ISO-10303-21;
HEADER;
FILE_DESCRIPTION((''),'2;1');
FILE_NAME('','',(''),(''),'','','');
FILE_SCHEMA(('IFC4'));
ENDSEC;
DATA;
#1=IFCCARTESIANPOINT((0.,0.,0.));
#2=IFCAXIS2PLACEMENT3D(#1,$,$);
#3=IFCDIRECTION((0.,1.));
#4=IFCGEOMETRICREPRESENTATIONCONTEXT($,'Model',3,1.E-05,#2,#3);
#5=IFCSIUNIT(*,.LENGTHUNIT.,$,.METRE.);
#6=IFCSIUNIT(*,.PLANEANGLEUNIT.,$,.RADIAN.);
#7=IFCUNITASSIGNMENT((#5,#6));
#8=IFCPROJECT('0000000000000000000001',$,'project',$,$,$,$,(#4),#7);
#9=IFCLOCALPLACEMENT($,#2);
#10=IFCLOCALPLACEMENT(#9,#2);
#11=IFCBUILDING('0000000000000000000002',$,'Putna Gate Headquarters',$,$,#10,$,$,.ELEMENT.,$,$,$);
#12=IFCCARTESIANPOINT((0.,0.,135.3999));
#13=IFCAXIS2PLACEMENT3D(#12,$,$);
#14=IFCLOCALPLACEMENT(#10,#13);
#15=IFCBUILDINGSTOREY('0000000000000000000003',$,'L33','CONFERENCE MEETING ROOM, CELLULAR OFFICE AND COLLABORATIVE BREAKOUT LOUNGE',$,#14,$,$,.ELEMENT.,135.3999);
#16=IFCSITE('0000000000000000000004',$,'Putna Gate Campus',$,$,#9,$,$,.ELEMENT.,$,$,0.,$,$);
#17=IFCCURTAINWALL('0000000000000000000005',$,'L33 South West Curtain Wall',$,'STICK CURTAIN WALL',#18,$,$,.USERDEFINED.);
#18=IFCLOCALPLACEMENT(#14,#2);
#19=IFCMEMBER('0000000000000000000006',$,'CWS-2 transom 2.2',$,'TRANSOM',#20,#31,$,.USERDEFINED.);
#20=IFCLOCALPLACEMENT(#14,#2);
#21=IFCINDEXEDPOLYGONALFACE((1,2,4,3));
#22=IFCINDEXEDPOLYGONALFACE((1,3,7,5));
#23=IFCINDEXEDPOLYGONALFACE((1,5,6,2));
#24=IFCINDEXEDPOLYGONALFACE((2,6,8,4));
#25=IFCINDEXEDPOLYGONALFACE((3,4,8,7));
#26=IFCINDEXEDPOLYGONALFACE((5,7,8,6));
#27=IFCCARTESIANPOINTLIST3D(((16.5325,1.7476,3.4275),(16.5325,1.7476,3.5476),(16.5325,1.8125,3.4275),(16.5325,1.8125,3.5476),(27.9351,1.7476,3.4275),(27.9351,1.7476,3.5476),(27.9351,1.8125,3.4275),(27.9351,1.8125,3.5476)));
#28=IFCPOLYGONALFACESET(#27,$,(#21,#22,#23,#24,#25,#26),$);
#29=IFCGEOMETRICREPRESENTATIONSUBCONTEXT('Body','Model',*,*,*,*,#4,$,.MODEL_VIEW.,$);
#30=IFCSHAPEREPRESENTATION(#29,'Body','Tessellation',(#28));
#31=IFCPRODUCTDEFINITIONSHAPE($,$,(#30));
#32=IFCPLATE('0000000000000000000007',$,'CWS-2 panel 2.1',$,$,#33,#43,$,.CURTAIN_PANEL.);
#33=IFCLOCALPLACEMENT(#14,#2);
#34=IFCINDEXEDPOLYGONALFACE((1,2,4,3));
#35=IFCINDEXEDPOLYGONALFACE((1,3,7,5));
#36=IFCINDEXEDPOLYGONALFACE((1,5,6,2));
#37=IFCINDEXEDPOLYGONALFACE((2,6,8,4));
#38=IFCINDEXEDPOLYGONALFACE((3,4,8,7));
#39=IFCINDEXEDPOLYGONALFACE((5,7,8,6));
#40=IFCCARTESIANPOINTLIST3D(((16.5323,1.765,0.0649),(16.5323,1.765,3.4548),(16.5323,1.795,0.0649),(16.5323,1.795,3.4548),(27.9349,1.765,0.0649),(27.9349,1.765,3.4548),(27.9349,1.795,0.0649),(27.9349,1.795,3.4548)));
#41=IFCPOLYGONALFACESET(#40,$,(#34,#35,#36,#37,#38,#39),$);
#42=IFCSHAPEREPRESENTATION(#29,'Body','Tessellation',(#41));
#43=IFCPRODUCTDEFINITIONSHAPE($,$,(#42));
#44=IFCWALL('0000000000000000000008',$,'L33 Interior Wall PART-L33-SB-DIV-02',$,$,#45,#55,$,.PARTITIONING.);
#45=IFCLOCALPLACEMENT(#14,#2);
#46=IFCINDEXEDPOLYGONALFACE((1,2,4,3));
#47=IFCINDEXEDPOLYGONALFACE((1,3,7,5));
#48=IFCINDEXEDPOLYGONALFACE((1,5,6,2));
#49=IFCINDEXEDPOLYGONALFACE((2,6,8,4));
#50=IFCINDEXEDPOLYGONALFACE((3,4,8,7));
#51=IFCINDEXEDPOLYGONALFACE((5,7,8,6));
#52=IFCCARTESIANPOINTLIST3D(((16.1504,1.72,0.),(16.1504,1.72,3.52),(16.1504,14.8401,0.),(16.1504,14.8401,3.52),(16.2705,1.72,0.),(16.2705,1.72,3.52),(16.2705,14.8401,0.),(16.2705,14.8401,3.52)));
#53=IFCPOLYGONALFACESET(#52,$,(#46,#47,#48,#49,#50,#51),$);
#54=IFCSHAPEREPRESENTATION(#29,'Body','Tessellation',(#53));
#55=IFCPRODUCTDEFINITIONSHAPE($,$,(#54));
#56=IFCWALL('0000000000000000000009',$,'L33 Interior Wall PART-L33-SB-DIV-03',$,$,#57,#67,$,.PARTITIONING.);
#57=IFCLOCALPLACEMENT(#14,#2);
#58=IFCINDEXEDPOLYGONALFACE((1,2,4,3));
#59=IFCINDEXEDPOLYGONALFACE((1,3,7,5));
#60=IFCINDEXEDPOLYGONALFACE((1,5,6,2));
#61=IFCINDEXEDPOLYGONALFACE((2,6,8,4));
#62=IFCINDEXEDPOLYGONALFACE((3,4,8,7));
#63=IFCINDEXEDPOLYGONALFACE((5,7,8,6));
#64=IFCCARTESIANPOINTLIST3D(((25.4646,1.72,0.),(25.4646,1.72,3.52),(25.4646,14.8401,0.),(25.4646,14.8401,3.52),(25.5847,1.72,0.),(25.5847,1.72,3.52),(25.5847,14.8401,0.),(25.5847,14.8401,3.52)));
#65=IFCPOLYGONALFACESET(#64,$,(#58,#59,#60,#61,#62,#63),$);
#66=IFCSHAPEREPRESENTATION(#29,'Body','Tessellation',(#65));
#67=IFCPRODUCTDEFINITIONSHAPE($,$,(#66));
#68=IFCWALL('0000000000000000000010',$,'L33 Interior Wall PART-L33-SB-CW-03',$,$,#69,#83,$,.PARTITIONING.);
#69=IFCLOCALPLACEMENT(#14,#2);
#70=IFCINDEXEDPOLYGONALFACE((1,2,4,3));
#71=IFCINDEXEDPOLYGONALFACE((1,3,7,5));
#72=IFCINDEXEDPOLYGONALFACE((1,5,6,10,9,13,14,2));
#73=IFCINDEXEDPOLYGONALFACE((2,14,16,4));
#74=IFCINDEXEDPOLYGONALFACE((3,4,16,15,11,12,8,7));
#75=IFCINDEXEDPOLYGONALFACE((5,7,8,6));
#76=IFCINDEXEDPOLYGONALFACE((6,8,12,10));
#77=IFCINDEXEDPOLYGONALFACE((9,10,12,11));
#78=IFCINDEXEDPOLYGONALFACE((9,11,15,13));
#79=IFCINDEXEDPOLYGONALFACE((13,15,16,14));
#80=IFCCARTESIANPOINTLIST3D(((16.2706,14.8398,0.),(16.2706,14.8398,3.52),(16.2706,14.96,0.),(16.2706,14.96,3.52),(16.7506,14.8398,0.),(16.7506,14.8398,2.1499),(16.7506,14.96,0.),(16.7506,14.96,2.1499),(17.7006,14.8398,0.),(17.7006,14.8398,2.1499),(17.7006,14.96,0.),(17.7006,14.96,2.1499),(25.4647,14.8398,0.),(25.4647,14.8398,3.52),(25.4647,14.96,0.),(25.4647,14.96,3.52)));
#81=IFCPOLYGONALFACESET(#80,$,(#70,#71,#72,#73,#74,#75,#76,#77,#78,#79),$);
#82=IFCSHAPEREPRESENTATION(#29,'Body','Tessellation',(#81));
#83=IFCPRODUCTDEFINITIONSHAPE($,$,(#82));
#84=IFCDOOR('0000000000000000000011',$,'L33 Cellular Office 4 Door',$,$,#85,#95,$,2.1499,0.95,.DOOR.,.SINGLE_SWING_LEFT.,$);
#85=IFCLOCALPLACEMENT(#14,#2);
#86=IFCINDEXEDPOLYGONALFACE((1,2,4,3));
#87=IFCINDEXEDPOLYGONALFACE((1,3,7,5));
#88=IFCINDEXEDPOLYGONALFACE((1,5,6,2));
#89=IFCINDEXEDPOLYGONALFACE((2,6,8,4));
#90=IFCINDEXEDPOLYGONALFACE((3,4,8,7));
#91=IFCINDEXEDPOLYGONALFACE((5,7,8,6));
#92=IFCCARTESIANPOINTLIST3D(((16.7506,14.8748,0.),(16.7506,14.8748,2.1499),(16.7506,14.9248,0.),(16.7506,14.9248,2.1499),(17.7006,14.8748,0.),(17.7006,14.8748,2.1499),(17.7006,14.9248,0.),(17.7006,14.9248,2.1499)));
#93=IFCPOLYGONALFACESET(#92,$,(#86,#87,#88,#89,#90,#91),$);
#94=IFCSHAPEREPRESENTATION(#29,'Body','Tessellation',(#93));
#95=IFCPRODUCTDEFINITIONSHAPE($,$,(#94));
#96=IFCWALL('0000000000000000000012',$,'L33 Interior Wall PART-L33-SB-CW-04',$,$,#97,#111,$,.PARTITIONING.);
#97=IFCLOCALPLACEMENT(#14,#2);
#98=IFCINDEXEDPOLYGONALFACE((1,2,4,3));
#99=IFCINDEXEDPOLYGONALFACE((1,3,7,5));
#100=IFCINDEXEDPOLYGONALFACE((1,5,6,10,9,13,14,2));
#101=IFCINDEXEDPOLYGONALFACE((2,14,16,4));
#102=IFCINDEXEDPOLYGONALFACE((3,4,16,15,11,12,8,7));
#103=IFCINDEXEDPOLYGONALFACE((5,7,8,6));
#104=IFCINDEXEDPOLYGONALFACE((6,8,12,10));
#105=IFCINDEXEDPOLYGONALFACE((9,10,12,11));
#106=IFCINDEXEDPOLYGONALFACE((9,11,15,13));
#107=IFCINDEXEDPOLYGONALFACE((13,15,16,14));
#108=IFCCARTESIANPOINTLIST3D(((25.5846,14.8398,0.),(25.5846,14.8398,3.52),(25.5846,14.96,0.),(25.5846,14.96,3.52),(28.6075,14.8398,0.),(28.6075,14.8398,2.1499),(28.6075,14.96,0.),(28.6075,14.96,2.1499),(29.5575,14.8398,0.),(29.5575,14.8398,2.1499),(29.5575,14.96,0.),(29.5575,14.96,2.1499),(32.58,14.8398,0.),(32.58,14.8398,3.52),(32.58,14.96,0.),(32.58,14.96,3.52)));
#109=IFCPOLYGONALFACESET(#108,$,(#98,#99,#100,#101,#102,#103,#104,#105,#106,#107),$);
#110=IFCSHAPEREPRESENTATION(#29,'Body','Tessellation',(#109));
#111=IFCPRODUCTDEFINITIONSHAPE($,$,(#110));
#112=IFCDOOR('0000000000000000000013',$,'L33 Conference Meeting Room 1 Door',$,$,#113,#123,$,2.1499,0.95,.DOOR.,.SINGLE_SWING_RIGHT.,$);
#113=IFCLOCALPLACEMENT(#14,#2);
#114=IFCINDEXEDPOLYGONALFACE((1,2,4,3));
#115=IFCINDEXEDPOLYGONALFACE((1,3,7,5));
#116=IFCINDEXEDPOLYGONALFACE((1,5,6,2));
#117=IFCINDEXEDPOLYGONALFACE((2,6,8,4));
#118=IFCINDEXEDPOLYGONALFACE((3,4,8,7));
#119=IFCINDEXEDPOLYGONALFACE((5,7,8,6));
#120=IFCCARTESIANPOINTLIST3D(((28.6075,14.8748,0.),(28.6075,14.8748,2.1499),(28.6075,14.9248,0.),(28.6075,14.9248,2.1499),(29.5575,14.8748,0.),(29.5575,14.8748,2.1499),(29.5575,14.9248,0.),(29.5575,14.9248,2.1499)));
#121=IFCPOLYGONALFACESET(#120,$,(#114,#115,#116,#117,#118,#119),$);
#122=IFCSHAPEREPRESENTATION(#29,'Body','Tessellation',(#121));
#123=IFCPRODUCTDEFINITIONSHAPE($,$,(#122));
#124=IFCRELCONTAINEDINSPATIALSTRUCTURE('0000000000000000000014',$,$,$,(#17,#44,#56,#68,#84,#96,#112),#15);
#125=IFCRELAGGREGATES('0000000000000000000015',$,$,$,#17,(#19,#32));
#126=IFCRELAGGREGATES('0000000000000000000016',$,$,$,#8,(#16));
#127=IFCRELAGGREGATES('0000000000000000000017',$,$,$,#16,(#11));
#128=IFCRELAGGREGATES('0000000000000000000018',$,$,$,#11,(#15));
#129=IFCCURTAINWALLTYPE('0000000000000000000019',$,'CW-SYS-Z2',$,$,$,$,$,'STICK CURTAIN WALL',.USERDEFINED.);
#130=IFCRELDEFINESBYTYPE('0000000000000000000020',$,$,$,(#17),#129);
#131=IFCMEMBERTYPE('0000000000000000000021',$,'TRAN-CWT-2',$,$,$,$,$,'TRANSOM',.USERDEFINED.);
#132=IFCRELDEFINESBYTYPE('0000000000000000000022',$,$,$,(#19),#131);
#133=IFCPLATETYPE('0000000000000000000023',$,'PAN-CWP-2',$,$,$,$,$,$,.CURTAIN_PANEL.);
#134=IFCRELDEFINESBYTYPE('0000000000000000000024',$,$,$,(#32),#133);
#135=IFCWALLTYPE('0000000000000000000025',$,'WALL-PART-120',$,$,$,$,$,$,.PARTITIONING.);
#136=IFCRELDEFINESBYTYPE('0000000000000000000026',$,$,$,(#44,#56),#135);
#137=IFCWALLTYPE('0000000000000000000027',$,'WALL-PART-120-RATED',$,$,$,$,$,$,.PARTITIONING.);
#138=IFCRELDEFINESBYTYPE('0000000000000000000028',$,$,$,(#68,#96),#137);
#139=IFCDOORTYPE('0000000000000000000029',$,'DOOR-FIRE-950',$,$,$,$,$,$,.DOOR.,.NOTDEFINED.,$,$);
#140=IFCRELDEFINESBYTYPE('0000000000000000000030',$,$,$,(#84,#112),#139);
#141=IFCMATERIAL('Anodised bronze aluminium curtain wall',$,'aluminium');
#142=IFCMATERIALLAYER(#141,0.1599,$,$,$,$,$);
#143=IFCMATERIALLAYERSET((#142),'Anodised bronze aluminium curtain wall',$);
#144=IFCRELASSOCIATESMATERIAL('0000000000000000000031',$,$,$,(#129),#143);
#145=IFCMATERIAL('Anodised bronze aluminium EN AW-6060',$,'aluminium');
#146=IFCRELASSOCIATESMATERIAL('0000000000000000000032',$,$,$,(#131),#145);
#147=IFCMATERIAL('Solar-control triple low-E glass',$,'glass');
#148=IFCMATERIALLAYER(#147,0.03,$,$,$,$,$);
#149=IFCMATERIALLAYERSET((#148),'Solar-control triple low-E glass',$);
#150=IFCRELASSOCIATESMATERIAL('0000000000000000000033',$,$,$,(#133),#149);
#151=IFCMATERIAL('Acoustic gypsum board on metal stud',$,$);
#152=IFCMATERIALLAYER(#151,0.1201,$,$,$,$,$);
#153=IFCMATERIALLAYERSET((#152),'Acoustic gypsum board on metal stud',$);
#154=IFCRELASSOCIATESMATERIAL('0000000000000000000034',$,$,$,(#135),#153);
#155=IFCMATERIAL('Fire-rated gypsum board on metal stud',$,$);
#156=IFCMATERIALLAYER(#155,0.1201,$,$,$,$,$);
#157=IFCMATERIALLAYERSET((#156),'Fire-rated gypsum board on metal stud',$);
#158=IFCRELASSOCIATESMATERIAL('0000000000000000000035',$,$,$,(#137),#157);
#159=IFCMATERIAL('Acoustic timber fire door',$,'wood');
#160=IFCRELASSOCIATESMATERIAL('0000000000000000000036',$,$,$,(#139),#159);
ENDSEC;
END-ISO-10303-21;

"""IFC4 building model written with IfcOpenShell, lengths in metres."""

from ifc_helpers import new_model, si_unit, direction, frame, frame_2d, origin, origin_2d, place, context, subcontext, project, spatial, rectangle, extrude, material, layer, layer_set, material_profile, profile_set, type_object, element, fill, aggregate, save


model = new_model("IFC4")

# Units and contexts
model_context = context("Model", 3, precision=1e-05, world=origin(), true_north=direction((0.0, 1.0)))
body_context = subcontext(model_context, "Body", "Model", "MODEL_VIEW")
ifc_project = project(units=[si_unit("LENGTHUNIT", "METRE"), si_unit("PLANEANGLEUNIT", "RADIAN")], contexts=[model_context])

# Site, building, storey
site_placement = place(None, origin())
site = spatial("IfcSite", under=ifc_project, at=site_placement, Name="Putna Gate Campus", CompositionType="ELEMENT", RefElevation=0.0)
building_placement = place(site_placement, origin())
building = spatial("IfcBuilding", under=site, at=building_placement, Name="Putna Gate Headquarters", CompositionType="ELEMENT")
storey_placement = place(building_placement, frame((0.0, 0.0, 135.3999)))
storey = spatial("IfcBuildingStorey", under=building, at=storey_placement, Name="L33", Description="CONFERENCE MEETING ROOM, CELLULAR OFFICE AND COLLABORATIVE BREAKOUT LOUNGE", CompositionType="ELEMENT", Elevation=135.3999)

# Curtain wall, member, plate
ifc_material_1 = material(Name="Anodised bronze aluminium curtain wall", Category="aluminium")
ifc_layer_1 = layer(ifc_material_1, 0.1599)
ifc_layer_set_1 = layer_set([ifc_layer_1], Name="Anodised bronze aluminium curtain wall")
curtain_wall_type = type_object("IfcCurtainWallType", Name="CW-SYS-Z2", ElementType="STICK CURTAIN WALL", PredefinedType="USERDEFINED", material=ifc_layer_set_1)
curtain_wall_placement = place(storey_placement, origin())
curtain_wall = element("IfcCurtainWall", 1, at=curtain_wall_placement, inside=storey, type_object=curtain_wall_type, Name="L33 South West Curtain Wall", ObjectType="STICK CURTAIN WALL", PredefinedType="USERDEFINED")
ifc_material_2 = material(Name="Anodised bronze aluminium EN AW-6060", Category="aluminium")
ifc_material_profile_1 = material_profile(ifc_material_2, rectangle(XDim=0.0649, YDim=0.1201, at=origin_2d()), Name="Anodised bronze aluminium EN AW-6060")
ifc_profile_set_1 = profile_set([ifc_material_profile_1], Name="Anodised bronze aluminium EN AW-6060")
member_type_1 = type_object("IfcMemberType", Name="TRAN-CWT-2", ElementType="TRANSOM", PredefinedType="USERDEFINED", material=ifc_profile_set_1)
member_1_placement = place(storey_placement, frame((16.5325, 1.78, 3.4875), z_axis=(1.0, 0.0, 0.0), x_axis=(0.0, 1.0, 0.0)))
member_1 = element("IfcMember", 2, at=member_1_placement, type_object=member_type_1, Name="CWS-2 transom 2.2", ObjectType="TRANSOM", PredefinedType="USERDEFINED", context=body_context, shape_type="SweptSolid", body=[
    extrude(rectangle(XDim=0.0649, YDim=0.1201, at=origin_2d()), origin(), (0.0, 0.0, 1.0), 11.4026),
])
ifc_material_3 = material(Name="Solar-control triple low-E glass", Category="glass")
ifc_layer_2 = layer(ifc_material_3, 0.03)
ifc_layer_set_2 = layer_set([ifc_layer_2], Name="Solar-control triple low-E glass")
plate_type = type_object("IfcPlateType", Name="PAN-CWP-2", PredefinedType="CURTAIN_PANEL", material=ifc_layer_set_2)
plate_placement = place(storey_placement, frame((22.2336, 1.78, 0.0649), z_axis=(0.0, 0.0, 1.0), x_axis=(1.0, 0.0, 0.0)))
plate = element("IfcPlate", 3, at=plate_placement, type_object=plate_type, Name="CWS-2 panel 2.1", PredefinedType="CURTAIN_PANEL", context=body_context, shape_type="SweptSolid", body=[
    extrude(rectangle(XDim=11.4026, YDim=0.03, at=origin_2d()), origin(), (0.0, 0.0, 1.0), 3.3899),
])
aggregate(curtain_wall, [member_1, plate])

# Walls
ifc_material_4 = material(Name="Acoustic gypsum board on metal stud")
ifc_layer_3 = layer(ifc_material_4, 0.1201)
ifc_layer_set_3 = layer_set([ifc_layer_3], Name="Acoustic gypsum board on metal stud")
wall_type_1 = type_object("IfcWallType", Name="WALL-PART-120", PredefinedType="PARTITIONING", material=ifc_layer_set_3)
for number, where, z_axis, x_axis, name in (
    (4, (16.2104, 1.72, 0.0), (0.0, 0.0, 1.0), (0.0, 1.0, 0.0), "L33 Interior Wall PART-L33-SB-DIV-02"),
    (5, (25.5247, 1.72, 0.0), (0.0, 0.0, 1.0), (0.0, 1.0, 0.0), "L33 Interior Wall PART-L33-SB-DIV-03"),
):
    element("IfcWall", number, at=place(storey_placement, frame(where, z_axis=z_axis, x_axis=x_axis)), inside=storey, type_object=wall_type_1, Name=name, PredefinedType="PARTITIONING", context=body_context, shape_type="SweptSolid", body=[
        extrude(rectangle(XDim=13.1201, YDim=0.1201, at=frame_2d((6.5601, 0.0))), origin(), (0.0, 0.0, 1.0), 3.52),
    ])

# Walls, openings, doors
ifc_material_5 = material(Name="Fire-rated gypsum board on metal stud")
ifc_layer_4 = layer(ifc_material_5, 0.1201)
ifc_layer_set_4 = layer_set([ifc_layer_4], Name="Fire-rated gypsum board on metal stud")
wall_type_2 = type_object("IfcWallType", Name="WALL-PART-120-RATED", PredefinedType="PARTITIONING", material=ifc_layer_set_4)
wall_1_placement = place(storey_placement, frame((16.2705, 14.8999, 0.0), z_axis=(0.0, 0.0, 1.0), x_axis=(1.0, 0.0, 0.0)))
wall_1 = element("IfcWall", 6, at=wall_1_placement, inside=storey, type_object=wall_type_2, Name="L33 Interior Wall PART-L33-SB-CW-03", PredefinedType="PARTITIONING", context=body_context, shape_type="SweptSolid", body=[
    extrude(rectangle(XDim=9.1941, YDim=0.1201, at=frame_2d((4.5972, 0.0))), origin(), (0.0, 0.0, 1.0), 3.52),
])
opening_1_placement = place(wall_1_placement, frame((0.48, 0.0, 0.0)))
opening_1 = element("IfcOpeningElement", 7, at=opening_1_placement, cuts=wall_1, PredefinedType="OPENING", context=body_context, shape_type="SweptSolid", body=[
    extrude(rectangle(XDim=0.95, YDim=2.1499, at=frame_2d((0.4751, 1.075))), frame((0.0, 0.0701, 0.0), z_axis=(0.0, -1.0, 0.0), x_axis=(1.0, 0.0, 0.0)), (0.0, 0.0, 1.0), 0.1401),
])
ifc_material_6 = material(Name="Acoustic timber fire door", Category="wood")
door_type_1 = type_object("IfcDoorType", Name="DOOR-FIRE-950", OperationType="NOTDEFINED", PredefinedType="DOOR", material=ifc_material_6)
door_1_placement = place(opening_1_placement, origin())
door_1 = element("IfcDoor", 8, at=door_1_placement, inside=storey, type_object=door_type_1, Name="L33 Cellular Office 4 Door", OperationType="SINGLE_SWING_LEFT", OverallHeight=2.1499, OverallWidth=0.95, PredefinedType="DOOR", context=body_context, shape_type="SweptSolid", body=[
    extrude(rectangle(XDim=0.95, YDim=2.1499, at=frame_2d((0.4751, 1.075))), frame((0.0, 0.0249, 0.0), z_axis=(0.0, -1.0, 0.0), x_axis=(1.0, 0.0, 0.0)), (0.0, 0.0, 1.0), 0.05),
])
fill(opening_1, door_1)
wall_2_placement = place(storey_placement, frame((25.5847, 14.8999, 0.0), z_axis=(0.0, 0.0, 1.0), x_axis=(1.0, 0.0, 0.0)))
wall_2 = element("IfcWall", 9, at=wall_2_placement, inside=storey, type_object=wall_type_2, Name="L33 Interior Wall PART-L33-SB-CW-04", PredefinedType="PARTITIONING", context=body_context, shape_type="SweptSolid", body=[
    extrude(rectangle(XDim=6.9954, YDim=0.1201, at=frame_2d((3.4976, 0.0))), origin(), (0.0, 0.0, 1.0), 3.52),
])
opening_2_placement = place(wall_2_placement, frame((3.0227, 0.0, 0.0)))
opening_2 = element("IfcOpeningElement", 10, at=opening_2_placement, cuts=wall_2, PredefinedType="OPENING", context=body_context, shape_type="SweptSolid", body=[
    extrude(rectangle(XDim=0.95, YDim=2.1499, at=frame_2d((0.4751, 1.075))), frame((0.0, 0.0701, 0.0), z_axis=(0.0, -1.0, 0.0), x_axis=(1.0, 0.0, 0.0)), (0.0, 0.0, 1.0), 0.1401),
])
door_2_placement = place(opening_2_placement, origin())
door_2 = element("IfcDoor", 11, at=door_2_placement, inside=storey, type_object=door_type_1, Name="L33 Conference Meeting Room 1 Door", OperationType="SINGLE_SWING_RIGHT", OverallHeight=2.1499, OverallWidth=0.95, PredefinedType="DOOR", context=body_context, shape_type="SweptSolid", body=[
    extrude(rectangle(XDim=0.95, YDim=2.1499, at=frame_2d((0.4751, 1.075))), frame((0.0, 0.0249, 0.0), z_axis=(0.0, -1.0, 0.0), x_axis=(1.0, 0.0, 0.0)), (0.0, 0.0, 1.0), 0.05),
])
fill(opening_2, door_2)

save(model, "model.ifc")
